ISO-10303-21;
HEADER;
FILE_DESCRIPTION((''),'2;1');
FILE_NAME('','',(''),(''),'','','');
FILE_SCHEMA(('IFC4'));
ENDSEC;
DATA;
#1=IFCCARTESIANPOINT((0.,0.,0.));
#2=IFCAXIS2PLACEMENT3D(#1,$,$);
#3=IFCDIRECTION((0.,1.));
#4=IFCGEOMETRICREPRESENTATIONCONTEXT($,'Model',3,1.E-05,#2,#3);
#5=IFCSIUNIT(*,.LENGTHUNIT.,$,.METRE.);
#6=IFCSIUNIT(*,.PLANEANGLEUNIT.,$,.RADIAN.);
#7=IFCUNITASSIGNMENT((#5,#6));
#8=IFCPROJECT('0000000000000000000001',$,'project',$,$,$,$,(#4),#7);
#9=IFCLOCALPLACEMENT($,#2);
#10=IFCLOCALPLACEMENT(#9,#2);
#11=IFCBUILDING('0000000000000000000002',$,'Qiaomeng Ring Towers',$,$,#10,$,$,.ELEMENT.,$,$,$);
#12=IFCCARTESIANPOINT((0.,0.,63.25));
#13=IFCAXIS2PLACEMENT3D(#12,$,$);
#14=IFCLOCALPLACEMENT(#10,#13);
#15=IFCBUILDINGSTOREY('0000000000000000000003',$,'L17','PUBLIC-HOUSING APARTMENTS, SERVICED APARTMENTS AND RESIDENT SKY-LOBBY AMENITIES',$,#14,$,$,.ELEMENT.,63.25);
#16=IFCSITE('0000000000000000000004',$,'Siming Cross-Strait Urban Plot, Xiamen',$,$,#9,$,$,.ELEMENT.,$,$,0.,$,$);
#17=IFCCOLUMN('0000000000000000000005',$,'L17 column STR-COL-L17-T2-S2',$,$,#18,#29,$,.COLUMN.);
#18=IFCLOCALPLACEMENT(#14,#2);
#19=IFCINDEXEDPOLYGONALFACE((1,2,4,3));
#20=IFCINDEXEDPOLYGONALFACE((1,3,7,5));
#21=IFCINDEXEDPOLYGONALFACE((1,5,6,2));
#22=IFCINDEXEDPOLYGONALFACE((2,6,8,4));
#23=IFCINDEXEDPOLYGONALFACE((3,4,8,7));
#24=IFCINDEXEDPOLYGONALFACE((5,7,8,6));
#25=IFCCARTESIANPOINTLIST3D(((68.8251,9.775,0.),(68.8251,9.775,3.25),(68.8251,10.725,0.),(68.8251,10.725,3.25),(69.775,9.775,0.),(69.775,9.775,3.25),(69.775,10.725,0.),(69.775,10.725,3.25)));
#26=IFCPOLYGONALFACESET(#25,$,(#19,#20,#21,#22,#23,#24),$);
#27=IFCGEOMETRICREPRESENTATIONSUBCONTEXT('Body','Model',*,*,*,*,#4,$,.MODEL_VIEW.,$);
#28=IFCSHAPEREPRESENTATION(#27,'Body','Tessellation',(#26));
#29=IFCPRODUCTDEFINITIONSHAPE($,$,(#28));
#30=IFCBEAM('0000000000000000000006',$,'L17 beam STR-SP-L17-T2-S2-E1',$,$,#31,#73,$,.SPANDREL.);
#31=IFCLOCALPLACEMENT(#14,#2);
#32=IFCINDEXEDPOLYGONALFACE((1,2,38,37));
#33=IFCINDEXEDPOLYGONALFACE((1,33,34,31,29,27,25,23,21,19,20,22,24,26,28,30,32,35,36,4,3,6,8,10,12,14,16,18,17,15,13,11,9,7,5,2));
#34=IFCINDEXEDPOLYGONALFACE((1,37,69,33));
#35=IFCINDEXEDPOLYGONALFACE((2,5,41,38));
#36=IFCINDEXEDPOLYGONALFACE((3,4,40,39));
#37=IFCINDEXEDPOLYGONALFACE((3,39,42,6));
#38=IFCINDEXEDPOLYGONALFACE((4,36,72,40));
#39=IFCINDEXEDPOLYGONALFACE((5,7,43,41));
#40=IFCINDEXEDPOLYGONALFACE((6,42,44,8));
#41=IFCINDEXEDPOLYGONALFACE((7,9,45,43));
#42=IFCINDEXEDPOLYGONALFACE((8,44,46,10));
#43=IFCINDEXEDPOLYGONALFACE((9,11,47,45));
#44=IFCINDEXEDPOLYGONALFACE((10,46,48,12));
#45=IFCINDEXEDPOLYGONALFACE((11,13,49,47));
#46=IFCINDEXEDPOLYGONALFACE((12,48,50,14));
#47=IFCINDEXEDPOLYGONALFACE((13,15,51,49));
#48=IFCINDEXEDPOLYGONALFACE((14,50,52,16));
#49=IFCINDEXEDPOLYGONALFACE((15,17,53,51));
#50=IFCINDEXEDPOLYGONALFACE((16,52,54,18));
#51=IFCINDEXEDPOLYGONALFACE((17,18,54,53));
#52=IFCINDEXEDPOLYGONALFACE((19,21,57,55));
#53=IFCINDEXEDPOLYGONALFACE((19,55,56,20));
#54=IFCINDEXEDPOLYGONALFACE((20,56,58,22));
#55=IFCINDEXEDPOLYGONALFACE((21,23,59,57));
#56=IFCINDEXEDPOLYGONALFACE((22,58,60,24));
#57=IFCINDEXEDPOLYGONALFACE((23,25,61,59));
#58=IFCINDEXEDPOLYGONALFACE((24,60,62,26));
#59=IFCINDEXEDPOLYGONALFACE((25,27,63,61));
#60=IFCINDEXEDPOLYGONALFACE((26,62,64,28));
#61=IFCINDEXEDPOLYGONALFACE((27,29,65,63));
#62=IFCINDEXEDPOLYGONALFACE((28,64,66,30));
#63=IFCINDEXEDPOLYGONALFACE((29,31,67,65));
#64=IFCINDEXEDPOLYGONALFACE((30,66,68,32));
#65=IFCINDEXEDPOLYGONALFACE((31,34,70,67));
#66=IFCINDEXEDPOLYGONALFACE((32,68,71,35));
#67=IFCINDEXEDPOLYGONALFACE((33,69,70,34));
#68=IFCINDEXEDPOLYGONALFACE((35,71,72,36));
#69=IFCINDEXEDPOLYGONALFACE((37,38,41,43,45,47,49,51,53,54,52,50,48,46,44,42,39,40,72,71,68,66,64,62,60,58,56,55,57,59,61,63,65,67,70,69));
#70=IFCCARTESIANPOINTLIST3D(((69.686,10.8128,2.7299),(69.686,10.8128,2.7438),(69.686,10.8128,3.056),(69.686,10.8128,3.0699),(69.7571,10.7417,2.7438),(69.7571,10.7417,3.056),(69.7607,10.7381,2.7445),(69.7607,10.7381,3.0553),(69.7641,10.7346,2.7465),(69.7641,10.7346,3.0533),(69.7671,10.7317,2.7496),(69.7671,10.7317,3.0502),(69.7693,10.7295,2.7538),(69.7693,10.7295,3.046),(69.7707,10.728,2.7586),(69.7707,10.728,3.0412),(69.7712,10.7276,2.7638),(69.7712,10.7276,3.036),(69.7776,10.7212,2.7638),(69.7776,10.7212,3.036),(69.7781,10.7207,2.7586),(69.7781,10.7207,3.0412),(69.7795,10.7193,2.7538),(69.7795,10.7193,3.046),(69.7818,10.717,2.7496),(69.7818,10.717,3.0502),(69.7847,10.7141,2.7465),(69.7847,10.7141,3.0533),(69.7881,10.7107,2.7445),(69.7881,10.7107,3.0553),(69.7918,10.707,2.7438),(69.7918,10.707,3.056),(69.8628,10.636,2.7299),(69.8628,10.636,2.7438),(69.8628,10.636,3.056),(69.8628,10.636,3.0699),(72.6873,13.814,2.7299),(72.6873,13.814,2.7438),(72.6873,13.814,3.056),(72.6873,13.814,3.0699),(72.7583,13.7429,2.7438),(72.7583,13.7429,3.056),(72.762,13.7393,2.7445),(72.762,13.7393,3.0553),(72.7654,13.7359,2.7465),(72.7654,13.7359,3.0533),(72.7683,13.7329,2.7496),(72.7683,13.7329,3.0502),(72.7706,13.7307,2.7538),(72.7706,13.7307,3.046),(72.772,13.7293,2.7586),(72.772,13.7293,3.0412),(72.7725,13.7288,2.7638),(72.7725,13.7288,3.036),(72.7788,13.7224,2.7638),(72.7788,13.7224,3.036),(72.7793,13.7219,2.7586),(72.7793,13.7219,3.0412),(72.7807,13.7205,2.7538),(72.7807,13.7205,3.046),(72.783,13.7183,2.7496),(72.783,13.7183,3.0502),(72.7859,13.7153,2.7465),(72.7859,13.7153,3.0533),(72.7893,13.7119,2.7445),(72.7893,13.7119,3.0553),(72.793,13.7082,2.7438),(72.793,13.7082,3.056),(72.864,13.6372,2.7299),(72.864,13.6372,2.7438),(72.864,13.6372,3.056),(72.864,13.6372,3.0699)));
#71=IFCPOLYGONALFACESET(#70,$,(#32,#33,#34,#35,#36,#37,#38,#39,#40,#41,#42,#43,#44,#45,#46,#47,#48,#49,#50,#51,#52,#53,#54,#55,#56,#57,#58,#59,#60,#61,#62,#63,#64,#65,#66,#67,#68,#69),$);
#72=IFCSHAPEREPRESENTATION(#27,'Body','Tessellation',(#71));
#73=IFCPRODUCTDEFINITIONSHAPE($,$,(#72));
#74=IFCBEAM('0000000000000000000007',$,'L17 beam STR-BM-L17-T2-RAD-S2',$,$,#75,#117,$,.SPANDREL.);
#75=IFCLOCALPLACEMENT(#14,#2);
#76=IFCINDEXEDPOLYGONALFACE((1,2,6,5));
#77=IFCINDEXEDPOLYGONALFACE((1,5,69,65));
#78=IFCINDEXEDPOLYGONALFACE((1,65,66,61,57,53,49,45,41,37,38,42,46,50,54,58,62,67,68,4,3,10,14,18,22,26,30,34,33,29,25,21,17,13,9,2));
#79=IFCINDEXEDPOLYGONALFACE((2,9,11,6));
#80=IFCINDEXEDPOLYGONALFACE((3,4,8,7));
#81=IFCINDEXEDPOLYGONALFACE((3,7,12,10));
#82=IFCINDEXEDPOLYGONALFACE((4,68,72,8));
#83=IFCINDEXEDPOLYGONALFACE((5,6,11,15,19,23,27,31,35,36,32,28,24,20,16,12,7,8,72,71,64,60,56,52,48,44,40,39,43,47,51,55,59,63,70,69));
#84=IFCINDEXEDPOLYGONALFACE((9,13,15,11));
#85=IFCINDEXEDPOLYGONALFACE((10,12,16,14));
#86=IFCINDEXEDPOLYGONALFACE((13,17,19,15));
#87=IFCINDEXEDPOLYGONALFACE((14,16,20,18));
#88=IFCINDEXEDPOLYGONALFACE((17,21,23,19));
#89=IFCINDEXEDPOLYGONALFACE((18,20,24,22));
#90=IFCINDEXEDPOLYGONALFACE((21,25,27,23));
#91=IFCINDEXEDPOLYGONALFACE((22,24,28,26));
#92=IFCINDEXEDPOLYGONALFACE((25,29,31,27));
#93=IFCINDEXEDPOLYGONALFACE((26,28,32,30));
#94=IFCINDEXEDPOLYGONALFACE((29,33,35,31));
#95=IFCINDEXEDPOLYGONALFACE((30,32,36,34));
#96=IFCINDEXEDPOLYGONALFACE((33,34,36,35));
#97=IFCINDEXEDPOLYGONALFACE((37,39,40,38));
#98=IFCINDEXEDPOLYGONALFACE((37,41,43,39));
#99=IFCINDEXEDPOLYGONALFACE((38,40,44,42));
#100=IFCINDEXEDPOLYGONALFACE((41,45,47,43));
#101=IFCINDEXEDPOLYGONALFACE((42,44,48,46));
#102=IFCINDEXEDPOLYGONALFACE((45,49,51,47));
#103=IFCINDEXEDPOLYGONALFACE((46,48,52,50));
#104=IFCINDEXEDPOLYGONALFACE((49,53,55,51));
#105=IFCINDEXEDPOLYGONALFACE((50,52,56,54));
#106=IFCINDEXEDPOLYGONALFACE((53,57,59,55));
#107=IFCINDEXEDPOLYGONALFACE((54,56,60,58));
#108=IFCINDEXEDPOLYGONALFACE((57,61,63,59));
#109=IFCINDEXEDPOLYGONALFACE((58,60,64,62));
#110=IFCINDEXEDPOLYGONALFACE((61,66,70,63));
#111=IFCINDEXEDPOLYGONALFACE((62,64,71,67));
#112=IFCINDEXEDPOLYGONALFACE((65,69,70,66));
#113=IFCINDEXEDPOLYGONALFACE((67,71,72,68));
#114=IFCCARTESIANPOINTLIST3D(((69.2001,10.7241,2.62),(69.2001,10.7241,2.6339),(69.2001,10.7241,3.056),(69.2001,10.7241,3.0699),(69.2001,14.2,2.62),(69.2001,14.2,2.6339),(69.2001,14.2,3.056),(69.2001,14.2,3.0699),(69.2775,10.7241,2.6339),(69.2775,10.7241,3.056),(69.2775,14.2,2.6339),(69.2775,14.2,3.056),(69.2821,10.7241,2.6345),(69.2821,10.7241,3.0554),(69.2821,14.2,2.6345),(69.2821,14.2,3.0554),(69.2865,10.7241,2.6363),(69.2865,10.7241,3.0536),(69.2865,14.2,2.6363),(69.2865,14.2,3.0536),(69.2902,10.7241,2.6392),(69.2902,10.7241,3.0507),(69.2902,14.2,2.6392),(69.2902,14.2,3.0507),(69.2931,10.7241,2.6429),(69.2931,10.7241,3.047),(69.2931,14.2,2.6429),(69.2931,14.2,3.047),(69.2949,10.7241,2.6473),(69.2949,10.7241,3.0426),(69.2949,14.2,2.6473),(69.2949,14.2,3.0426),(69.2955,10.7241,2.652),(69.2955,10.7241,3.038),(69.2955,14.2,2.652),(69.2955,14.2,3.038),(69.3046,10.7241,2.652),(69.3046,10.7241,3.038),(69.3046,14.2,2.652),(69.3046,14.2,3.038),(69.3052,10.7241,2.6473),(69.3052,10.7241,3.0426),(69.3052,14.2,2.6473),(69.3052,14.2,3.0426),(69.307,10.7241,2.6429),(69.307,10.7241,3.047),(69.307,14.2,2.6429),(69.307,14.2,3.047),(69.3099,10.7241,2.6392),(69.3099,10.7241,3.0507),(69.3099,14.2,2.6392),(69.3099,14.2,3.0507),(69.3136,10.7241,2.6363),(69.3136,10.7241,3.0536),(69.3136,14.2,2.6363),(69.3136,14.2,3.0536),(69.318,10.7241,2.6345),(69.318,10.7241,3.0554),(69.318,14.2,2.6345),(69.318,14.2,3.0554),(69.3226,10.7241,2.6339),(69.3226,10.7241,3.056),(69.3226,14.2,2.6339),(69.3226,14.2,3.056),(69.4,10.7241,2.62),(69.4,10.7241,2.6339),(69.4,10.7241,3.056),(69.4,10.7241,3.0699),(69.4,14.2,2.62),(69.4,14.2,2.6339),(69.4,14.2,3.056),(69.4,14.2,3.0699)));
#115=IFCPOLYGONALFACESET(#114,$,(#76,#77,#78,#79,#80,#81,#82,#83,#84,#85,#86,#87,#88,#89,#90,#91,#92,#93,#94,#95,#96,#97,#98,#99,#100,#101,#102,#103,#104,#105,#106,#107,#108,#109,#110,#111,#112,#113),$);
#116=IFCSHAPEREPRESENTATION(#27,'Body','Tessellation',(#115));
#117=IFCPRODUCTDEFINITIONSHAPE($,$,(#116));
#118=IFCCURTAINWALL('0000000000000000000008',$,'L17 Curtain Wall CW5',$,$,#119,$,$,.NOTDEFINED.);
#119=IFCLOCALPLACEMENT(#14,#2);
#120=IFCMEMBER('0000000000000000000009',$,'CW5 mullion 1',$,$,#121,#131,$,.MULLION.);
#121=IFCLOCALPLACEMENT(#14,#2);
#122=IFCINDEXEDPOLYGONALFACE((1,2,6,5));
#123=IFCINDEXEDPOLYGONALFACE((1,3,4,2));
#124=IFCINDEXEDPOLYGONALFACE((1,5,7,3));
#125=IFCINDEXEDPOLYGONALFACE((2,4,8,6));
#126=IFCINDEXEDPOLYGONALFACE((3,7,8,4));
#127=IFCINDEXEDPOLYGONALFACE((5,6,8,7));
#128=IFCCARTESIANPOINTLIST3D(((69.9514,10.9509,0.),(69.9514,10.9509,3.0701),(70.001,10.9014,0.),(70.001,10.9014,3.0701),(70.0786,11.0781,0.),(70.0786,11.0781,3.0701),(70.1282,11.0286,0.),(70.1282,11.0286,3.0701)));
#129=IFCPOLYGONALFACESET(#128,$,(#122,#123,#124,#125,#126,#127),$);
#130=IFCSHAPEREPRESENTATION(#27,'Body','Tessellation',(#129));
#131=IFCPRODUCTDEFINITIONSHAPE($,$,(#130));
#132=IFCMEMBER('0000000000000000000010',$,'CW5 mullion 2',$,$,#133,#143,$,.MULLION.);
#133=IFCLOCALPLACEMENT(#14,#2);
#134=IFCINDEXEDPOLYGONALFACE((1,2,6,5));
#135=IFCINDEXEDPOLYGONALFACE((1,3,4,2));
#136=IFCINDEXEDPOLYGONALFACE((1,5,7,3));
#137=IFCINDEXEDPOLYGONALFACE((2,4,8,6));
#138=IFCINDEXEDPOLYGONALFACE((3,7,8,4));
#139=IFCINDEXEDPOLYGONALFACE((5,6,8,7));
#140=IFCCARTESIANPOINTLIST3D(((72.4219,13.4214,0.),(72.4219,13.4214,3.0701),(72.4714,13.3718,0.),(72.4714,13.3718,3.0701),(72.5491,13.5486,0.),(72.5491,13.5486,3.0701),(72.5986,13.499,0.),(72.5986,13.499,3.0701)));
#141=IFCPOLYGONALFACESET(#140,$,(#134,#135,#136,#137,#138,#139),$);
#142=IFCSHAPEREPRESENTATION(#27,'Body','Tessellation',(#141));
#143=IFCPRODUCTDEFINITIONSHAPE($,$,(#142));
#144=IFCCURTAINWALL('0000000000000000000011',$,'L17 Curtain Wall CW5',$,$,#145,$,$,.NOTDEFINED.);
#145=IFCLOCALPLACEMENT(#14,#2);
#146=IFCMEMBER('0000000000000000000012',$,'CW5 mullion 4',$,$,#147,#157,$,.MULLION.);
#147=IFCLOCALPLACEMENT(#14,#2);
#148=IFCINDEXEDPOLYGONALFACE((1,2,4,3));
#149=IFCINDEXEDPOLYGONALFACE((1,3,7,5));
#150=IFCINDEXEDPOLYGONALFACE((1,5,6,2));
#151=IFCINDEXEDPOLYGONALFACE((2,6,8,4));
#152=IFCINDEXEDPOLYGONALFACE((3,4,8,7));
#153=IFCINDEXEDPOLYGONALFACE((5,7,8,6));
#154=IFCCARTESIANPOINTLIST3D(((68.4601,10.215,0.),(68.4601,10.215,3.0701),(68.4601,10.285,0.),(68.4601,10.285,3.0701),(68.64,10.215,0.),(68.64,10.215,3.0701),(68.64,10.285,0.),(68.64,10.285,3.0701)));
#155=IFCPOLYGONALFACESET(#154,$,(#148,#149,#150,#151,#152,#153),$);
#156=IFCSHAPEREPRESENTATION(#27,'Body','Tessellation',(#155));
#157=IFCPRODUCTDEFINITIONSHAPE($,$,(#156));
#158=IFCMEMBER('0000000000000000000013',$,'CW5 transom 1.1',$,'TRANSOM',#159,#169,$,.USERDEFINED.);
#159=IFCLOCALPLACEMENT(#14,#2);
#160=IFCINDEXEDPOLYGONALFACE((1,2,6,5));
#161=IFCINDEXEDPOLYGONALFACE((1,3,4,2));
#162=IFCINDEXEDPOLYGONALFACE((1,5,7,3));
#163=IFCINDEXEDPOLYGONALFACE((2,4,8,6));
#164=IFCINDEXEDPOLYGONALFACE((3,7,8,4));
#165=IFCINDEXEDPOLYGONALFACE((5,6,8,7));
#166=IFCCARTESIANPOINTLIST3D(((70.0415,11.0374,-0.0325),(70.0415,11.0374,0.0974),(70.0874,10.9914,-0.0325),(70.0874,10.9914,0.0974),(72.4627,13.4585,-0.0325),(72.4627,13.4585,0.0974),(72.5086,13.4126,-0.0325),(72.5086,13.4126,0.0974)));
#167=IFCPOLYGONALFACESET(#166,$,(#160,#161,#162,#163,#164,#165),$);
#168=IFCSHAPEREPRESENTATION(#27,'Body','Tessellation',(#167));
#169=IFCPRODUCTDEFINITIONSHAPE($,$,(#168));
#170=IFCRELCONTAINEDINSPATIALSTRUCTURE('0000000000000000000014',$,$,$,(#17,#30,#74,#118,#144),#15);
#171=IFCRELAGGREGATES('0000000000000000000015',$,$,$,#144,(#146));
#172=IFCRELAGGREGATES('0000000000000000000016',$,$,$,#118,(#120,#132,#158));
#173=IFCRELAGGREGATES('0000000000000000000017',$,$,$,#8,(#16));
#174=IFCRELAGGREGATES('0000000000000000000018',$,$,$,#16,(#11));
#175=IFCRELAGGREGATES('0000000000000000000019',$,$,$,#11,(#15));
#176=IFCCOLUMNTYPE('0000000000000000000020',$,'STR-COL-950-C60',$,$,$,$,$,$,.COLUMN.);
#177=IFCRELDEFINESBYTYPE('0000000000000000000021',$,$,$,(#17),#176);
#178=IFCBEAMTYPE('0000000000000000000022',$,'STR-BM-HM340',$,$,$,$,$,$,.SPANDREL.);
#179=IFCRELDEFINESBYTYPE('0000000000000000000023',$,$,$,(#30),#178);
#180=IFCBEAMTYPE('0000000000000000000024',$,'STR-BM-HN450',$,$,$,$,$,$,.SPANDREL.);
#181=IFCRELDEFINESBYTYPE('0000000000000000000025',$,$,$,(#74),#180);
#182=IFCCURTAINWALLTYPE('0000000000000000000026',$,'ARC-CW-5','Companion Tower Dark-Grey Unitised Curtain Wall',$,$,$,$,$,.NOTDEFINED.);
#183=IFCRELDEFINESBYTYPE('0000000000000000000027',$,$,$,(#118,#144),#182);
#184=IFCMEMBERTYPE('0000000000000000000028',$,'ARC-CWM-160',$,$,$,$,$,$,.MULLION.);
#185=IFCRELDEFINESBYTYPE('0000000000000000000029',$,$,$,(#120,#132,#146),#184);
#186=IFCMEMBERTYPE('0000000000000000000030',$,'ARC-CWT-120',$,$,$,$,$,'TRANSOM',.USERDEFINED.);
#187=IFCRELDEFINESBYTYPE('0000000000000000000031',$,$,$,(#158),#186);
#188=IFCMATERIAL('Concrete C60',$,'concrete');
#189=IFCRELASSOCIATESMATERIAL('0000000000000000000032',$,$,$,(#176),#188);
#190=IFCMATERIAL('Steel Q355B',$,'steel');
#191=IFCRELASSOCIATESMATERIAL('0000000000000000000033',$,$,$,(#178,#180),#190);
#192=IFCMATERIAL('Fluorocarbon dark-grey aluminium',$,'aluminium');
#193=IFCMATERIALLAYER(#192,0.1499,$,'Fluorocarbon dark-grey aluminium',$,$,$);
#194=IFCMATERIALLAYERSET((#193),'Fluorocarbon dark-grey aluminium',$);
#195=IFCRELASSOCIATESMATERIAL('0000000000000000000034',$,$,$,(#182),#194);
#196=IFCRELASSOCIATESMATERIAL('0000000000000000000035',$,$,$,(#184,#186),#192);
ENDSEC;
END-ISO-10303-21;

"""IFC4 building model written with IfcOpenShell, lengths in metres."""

from ifc_helpers import new_model, si_unit, direction, frame, origin, origin_2d, place, context, subcontext, project, spatial, rectangle, i_section, extrude, source, transform, mapped, material, layer, layer_set, material_profile, profile_set, type_object, element, aggregate, save


model = new_model("IFC4")

# Units and contexts
model_context = context("Model", 3, precision=1e-05, world=origin(), true_north=direction((0.0, 1.0)))
body_context = subcontext(model_context, "Body", "Model", "MODEL_VIEW")
ifc_project = project(units=[si_unit("LENGTHUNIT", "METRE"), si_unit("PLANEANGLEUNIT", "RADIAN")], contexts=[model_context])

# Site, building, storey
site_placement = place(None, origin())
site = spatial("IfcSite", under=ifc_project, at=site_placement, Name="Siming Cross-Strait Urban Plot, Xiamen", CompositionType="ELEMENT", RefElevation=0.0)
building_placement = place(site_placement, origin())
building = spatial("IfcBuilding", under=site, at=building_placement, Name="Qiaomeng Ring Towers", CompositionType="ELEMENT")
storey_placement = place(building_placement, frame((0.0, 0.0, 63.25)))
storey = spatial("IfcBuildingStorey", under=building, at=storey_placement, Name="L17", Description="PUBLIC-HOUSING APARTMENTS, SERVICED APARTMENTS AND RESIDENT SKY-LOBBY AMENITIES", CompositionType="ELEMENT", Elevation=63.25)

# Column
ifc_material_1 = material(Name="Concrete C60", Category="concrete")
ifc_material_profile_1 = material_profile(ifc_material_1, rectangle(XDim=0.95, YDim=0.95, at=origin_2d()), Name="RC COL 950x950")
ifc_profile_set_1 = profile_set([ifc_material_profile_1], Name="Concrete C60")
column_type = type_object("IfcColumnType", Name="STR-COL-950-C60", PredefinedType="COLUMN", material=ifc_profile_set_1)
shared_shape_1 = source(origin(), body_context, "Body", "SweptSolid", [
    extrude(rectangle(XDim=0.95, YDim=0.95, at=origin_2d()), origin(), (0.0, 0.0, 1.0), 3.25),
])
column_placement = place(storey_placement, frame((69.3, 10.25, 0.0), z_axis=(0.0, 0.0, 1.0), x_axis=(1.0, 0.0, 0.0)))
element("IfcColumn", 1, at=column_placement, inside=storey, type_object=column_type, Name="L17 column STR-COL-L17-T2-S2", PredefinedType="COLUMN", context=body_context, shape_type="MappedRepresentation", body=[
    mapped(shared_shape_1, transform((0.0, 0.0, 0.0), x_axis=(1.0, 0.0, 0.0), y_axis=(0.0, 1.0, 0.0), z_axis=(0.0, 0.0, 1.0), scale=1.0)),
])

# Beams
ifc_material_2 = material(Name="Steel Q355B", Category="steel")
ifc_material_profile_2 = material_profile(ifc_material_2, i_section(OverallWidth=0.25, OverallDepth=0.3401, WebThickness=0.009, FlangeThickness=0.0139, FilletRadius=0.02, at=origin_2d()), Name="HM 340x250x9x14")
ifc_profile_set_2 = profile_set([ifc_material_profile_2], Name="Steel Q355B")
beam_type_1 = type_object("IfcBeamType", Name="STR-BM-HM340", PredefinedType="SPANDREL", material=ifc_profile_set_2)
shared_shape_2 = source(origin(), body_context, "Body", "SweptSolid", [
    extrude(i_section(OverallWidth=0.25, OverallDepth=0.3401, WebThickness=0.009, FlangeThickness=0.0139, FilletRadius=0.02, at=origin_2d()), origin(), (0.0, 0.0, 1.0), 4.2444),
])
beam_1_placement = place(storey_placement, frame((69.7744, 10.7244, 2.8999), z_axis=(0.707107, 0.707107, 0.0), x_axis=(-0.707107, 0.707107, 0.0)))
element("IfcBeam", 2, at=beam_1_placement, inside=storey, type_object=beam_type_1, Name="L17 beam STR-SP-L17-T2-S2-E1", PredefinedType="SPANDREL", context=body_context, shape_type="MappedRepresentation", body=[
    mapped(shared_shape_2, transform((0.0, 0.0, 0.0), x_axis=(1.0, 0.0, 0.0), y_axis=(0.0, 1.0, 0.0), z_axis=(0.0, 0.0, 1.0), scale=1.0)),
])
ifc_material_profile_3 = material_profile(ifc_material_2, i_section(OverallWidth=0.2, OverallDepth=0.45, WebThickness=0.009, FlangeThickness=0.0139, FilletRadius=0.0181, at=origin_2d()), Name="HN 450x200x9x14")
ifc_profile_set_3 = profile_set([ifc_material_profile_3], Name="Steel Q355B")
beam_type_2 = type_object("IfcBeamType", Name="STR-BM-HN450", PredefinedType="SPANDREL", material=ifc_profile_set_3)
shared_shape_3 = source(origin(), body_context, "Body", "SweptSolid", [
    extrude(i_section(OverallWidth=0.2, OverallDepth=0.45, WebThickness=0.009, FlangeThickness=0.0139, FilletRadius=0.0181, at=origin_2d()), origin(), (0.0, 0.0, 1.0), 3.4758),
])
beam_2_placement = place(storey_placement, frame((69.3, 10.7241, 2.845), z_axis=(0.0, 1.0, 0.0), x_axis=(-1.0, 0.0, 0.0)))
element("IfcBeam", 3, at=beam_2_placement, inside=storey, type_object=beam_type_2, Name="L17 beam STR-BM-L17-T2-RAD-S2", PredefinedType="SPANDREL", context=body_context, shape_type="MappedRepresentation", body=[
    mapped(shared_shape_3, transform((0.0, 0.0, 0.0), x_axis=(1.0, 0.0, 0.0), y_axis=(0.0, 1.0, 0.0), z_axis=(0.0, 0.0, 1.0), scale=1.0)),
])

# Curtain wall, members
ifc_material_3 = material(Name="Fluorocarbon dark-grey aluminium", Category="aluminium")
ifc_layer_1 = layer(ifc_material_3, 0.1499, Name="Fluorocarbon dark-grey aluminium")
ifc_layer_set_1 = layer_set([ifc_layer_1], Name="Fluorocarbon dark-grey aluminium")
curtain_wall_type = type_object("IfcCurtainWallType", Name="ARC-CW-5", Description="Companion Tower Dark-Grey Unitised Curtain Wall", PredefinedType="NOTDEFINED", material=ifc_layer_set_1)
curtain_wall_1_placement = place(storey_placement, origin())
curtain_wall_1 = element("IfcCurtainWall", 4, at=curtain_wall_1_placement, inside=storey, type_object=curtain_wall_type, Name="L17 Curtain Wall CW5", PredefinedType="NOTDEFINED")
ifc_material_profile_4 = material_profile(ifc_material_3, rectangle(XDim=0.0701, YDim=0.1799, at=origin_2d()), Name="ALU MULL 70x180")
ifc_profile_set_4 = profile_set([ifc_material_profile_4], Name="Fluorocarbon dark-grey aluminium")
member_type_1 = type_object("IfcMemberType", Name="ARC-CWM-160", PredefinedType="MULLION", material=ifc_profile_set_4)
shared_shape_4 = source(origin(), body_context, "Body", "SweptSolid", [
    extrude(rectangle(XDim=0.0701, YDim=0.1799, at=origin_2d()), origin(), (0.0, 0.0, 1.0), 3.0701),
])
member_1_placement = place(storey_placement, frame((70.0398, 10.9897, 0.0), z_axis=(0.0, 0.0, 1.0), x_axis=(-0.707107, 0.707107, 0.0)))
member_1 = element("IfcMember", 5, at=member_1_placement, type_object=member_type_1, Name="CW5 mullion 1", PredefinedType="MULLION", context=body_context, shape_type="MappedRepresentation", body=[
    mapped(shared_shape_4, transform((0.0, 0.0, 0.0), x_axis=(1.0, 0.0, 0.0), y_axis=(0.0, 1.0, 0.0), z_axis=(0.0, 0.0, 1.0), scale=1.0)),
])
member_2_placement = place(storey_placement, frame((72.5103, 13.4602, 0.0), z_axis=(0.0, 0.0, 1.0), x_axis=(-0.707107, 0.707107, 0.0)))
member_2 = element("IfcMember", 6, at=member_2_placement, type_object=member_type_1, Name="CW5 mullion 2", PredefinedType="MULLION", context=body_context, shape_type="MappedRepresentation", body=[
    mapped(shared_shape_4, transform((0.0, 0.0, 0.0), x_axis=(1.0, 0.0, 0.0), y_axis=(0.0, 1.0, 0.0), z_axis=(0.0, 0.0, 1.0), scale=1.0)),
])

# Curtain wall, member
curtain_wall_2_placement = place(storey_placement, origin())
curtain_wall_2 = element("IfcCurtainWall", 7, at=curtain_wall_2_placement, inside=storey, type_object=curtain_wall_type, Name="L17 Curtain Wall CW5", PredefinedType="NOTDEFINED")
member_3_placement = place(storey_placement, frame((68.55, 10.25, 0.0), z_axis=(0.0, 0.0, 1.0), x_axis=(0.0, 1.0, 0.0)))
member_3 = element("IfcMember", 8, at=member_3_placement, type_object=member_type_1, Name="CW5 mullion 4", PredefinedType="MULLION", context=body_context, shape_type="MappedRepresentation", body=[
    mapped(shared_shape_4, transform((0.0, 0.0, 0.0), x_axis=(1.0, 0.0, 0.0), y_axis=(0.0, 1.0, 0.0), z_axis=(0.0, 0.0, 1.0), scale=1.0)),
])
aggregate(curtain_wall_2, [member_3])

# Member
ifc_material_profile_5 = material_profile(ifc_material_3, rectangle(XDim=0.0649, YDim=0.1299, at=origin_2d()), Name="ALU TRAN 65x130")
ifc_profile_set_5 = profile_set([ifc_material_profile_5], Name="Fluorocarbon dark-grey aluminium")
member_type_2 = type_object("IfcMemberType", Name="ARC-CWT-120", ElementType="TRANSOM", PredefinedType="USERDEFINED", material=ifc_profile_set_5)
shared_shape_5 = source(origin(), body_context, "Body", "SweptSolid", [
    extrude(rectangle(XDim=0.0649, YDim=0.1299, at=origin_2d()), origin(), (0.0, 0.0, 1.0), 3.4241),
])
member_4_placement = place(storey_placement, frame((70.0645, 11.0144, 0.0325), z_axis=(0.707107, 0.707107, 0.0), x_axis=(-0.707107, 0.707107, 0.0)))
member_4 = element("IfcMember", 9, at=member_4_placement, type_object=member_type_2, Name="CW5 transom 1.1", ObjectType="TRANSOM", PredefinedType="USERDEFINED", context=body_context, shape_type="MappedRepresentation", body=[
    mapped(shared_shape_5, transform((0.0, 0.0, 0.0), x_axis=(1.0, 0.0, 0.0), y_axis=(0.0, 1.0, 0.0), z_axis=(0.0, 0.0, 1.0), scale=1.0)),
])

aggregate(curtain_wall_1, [member_1, member_2, member_4])

save(model, "model.ifc")
